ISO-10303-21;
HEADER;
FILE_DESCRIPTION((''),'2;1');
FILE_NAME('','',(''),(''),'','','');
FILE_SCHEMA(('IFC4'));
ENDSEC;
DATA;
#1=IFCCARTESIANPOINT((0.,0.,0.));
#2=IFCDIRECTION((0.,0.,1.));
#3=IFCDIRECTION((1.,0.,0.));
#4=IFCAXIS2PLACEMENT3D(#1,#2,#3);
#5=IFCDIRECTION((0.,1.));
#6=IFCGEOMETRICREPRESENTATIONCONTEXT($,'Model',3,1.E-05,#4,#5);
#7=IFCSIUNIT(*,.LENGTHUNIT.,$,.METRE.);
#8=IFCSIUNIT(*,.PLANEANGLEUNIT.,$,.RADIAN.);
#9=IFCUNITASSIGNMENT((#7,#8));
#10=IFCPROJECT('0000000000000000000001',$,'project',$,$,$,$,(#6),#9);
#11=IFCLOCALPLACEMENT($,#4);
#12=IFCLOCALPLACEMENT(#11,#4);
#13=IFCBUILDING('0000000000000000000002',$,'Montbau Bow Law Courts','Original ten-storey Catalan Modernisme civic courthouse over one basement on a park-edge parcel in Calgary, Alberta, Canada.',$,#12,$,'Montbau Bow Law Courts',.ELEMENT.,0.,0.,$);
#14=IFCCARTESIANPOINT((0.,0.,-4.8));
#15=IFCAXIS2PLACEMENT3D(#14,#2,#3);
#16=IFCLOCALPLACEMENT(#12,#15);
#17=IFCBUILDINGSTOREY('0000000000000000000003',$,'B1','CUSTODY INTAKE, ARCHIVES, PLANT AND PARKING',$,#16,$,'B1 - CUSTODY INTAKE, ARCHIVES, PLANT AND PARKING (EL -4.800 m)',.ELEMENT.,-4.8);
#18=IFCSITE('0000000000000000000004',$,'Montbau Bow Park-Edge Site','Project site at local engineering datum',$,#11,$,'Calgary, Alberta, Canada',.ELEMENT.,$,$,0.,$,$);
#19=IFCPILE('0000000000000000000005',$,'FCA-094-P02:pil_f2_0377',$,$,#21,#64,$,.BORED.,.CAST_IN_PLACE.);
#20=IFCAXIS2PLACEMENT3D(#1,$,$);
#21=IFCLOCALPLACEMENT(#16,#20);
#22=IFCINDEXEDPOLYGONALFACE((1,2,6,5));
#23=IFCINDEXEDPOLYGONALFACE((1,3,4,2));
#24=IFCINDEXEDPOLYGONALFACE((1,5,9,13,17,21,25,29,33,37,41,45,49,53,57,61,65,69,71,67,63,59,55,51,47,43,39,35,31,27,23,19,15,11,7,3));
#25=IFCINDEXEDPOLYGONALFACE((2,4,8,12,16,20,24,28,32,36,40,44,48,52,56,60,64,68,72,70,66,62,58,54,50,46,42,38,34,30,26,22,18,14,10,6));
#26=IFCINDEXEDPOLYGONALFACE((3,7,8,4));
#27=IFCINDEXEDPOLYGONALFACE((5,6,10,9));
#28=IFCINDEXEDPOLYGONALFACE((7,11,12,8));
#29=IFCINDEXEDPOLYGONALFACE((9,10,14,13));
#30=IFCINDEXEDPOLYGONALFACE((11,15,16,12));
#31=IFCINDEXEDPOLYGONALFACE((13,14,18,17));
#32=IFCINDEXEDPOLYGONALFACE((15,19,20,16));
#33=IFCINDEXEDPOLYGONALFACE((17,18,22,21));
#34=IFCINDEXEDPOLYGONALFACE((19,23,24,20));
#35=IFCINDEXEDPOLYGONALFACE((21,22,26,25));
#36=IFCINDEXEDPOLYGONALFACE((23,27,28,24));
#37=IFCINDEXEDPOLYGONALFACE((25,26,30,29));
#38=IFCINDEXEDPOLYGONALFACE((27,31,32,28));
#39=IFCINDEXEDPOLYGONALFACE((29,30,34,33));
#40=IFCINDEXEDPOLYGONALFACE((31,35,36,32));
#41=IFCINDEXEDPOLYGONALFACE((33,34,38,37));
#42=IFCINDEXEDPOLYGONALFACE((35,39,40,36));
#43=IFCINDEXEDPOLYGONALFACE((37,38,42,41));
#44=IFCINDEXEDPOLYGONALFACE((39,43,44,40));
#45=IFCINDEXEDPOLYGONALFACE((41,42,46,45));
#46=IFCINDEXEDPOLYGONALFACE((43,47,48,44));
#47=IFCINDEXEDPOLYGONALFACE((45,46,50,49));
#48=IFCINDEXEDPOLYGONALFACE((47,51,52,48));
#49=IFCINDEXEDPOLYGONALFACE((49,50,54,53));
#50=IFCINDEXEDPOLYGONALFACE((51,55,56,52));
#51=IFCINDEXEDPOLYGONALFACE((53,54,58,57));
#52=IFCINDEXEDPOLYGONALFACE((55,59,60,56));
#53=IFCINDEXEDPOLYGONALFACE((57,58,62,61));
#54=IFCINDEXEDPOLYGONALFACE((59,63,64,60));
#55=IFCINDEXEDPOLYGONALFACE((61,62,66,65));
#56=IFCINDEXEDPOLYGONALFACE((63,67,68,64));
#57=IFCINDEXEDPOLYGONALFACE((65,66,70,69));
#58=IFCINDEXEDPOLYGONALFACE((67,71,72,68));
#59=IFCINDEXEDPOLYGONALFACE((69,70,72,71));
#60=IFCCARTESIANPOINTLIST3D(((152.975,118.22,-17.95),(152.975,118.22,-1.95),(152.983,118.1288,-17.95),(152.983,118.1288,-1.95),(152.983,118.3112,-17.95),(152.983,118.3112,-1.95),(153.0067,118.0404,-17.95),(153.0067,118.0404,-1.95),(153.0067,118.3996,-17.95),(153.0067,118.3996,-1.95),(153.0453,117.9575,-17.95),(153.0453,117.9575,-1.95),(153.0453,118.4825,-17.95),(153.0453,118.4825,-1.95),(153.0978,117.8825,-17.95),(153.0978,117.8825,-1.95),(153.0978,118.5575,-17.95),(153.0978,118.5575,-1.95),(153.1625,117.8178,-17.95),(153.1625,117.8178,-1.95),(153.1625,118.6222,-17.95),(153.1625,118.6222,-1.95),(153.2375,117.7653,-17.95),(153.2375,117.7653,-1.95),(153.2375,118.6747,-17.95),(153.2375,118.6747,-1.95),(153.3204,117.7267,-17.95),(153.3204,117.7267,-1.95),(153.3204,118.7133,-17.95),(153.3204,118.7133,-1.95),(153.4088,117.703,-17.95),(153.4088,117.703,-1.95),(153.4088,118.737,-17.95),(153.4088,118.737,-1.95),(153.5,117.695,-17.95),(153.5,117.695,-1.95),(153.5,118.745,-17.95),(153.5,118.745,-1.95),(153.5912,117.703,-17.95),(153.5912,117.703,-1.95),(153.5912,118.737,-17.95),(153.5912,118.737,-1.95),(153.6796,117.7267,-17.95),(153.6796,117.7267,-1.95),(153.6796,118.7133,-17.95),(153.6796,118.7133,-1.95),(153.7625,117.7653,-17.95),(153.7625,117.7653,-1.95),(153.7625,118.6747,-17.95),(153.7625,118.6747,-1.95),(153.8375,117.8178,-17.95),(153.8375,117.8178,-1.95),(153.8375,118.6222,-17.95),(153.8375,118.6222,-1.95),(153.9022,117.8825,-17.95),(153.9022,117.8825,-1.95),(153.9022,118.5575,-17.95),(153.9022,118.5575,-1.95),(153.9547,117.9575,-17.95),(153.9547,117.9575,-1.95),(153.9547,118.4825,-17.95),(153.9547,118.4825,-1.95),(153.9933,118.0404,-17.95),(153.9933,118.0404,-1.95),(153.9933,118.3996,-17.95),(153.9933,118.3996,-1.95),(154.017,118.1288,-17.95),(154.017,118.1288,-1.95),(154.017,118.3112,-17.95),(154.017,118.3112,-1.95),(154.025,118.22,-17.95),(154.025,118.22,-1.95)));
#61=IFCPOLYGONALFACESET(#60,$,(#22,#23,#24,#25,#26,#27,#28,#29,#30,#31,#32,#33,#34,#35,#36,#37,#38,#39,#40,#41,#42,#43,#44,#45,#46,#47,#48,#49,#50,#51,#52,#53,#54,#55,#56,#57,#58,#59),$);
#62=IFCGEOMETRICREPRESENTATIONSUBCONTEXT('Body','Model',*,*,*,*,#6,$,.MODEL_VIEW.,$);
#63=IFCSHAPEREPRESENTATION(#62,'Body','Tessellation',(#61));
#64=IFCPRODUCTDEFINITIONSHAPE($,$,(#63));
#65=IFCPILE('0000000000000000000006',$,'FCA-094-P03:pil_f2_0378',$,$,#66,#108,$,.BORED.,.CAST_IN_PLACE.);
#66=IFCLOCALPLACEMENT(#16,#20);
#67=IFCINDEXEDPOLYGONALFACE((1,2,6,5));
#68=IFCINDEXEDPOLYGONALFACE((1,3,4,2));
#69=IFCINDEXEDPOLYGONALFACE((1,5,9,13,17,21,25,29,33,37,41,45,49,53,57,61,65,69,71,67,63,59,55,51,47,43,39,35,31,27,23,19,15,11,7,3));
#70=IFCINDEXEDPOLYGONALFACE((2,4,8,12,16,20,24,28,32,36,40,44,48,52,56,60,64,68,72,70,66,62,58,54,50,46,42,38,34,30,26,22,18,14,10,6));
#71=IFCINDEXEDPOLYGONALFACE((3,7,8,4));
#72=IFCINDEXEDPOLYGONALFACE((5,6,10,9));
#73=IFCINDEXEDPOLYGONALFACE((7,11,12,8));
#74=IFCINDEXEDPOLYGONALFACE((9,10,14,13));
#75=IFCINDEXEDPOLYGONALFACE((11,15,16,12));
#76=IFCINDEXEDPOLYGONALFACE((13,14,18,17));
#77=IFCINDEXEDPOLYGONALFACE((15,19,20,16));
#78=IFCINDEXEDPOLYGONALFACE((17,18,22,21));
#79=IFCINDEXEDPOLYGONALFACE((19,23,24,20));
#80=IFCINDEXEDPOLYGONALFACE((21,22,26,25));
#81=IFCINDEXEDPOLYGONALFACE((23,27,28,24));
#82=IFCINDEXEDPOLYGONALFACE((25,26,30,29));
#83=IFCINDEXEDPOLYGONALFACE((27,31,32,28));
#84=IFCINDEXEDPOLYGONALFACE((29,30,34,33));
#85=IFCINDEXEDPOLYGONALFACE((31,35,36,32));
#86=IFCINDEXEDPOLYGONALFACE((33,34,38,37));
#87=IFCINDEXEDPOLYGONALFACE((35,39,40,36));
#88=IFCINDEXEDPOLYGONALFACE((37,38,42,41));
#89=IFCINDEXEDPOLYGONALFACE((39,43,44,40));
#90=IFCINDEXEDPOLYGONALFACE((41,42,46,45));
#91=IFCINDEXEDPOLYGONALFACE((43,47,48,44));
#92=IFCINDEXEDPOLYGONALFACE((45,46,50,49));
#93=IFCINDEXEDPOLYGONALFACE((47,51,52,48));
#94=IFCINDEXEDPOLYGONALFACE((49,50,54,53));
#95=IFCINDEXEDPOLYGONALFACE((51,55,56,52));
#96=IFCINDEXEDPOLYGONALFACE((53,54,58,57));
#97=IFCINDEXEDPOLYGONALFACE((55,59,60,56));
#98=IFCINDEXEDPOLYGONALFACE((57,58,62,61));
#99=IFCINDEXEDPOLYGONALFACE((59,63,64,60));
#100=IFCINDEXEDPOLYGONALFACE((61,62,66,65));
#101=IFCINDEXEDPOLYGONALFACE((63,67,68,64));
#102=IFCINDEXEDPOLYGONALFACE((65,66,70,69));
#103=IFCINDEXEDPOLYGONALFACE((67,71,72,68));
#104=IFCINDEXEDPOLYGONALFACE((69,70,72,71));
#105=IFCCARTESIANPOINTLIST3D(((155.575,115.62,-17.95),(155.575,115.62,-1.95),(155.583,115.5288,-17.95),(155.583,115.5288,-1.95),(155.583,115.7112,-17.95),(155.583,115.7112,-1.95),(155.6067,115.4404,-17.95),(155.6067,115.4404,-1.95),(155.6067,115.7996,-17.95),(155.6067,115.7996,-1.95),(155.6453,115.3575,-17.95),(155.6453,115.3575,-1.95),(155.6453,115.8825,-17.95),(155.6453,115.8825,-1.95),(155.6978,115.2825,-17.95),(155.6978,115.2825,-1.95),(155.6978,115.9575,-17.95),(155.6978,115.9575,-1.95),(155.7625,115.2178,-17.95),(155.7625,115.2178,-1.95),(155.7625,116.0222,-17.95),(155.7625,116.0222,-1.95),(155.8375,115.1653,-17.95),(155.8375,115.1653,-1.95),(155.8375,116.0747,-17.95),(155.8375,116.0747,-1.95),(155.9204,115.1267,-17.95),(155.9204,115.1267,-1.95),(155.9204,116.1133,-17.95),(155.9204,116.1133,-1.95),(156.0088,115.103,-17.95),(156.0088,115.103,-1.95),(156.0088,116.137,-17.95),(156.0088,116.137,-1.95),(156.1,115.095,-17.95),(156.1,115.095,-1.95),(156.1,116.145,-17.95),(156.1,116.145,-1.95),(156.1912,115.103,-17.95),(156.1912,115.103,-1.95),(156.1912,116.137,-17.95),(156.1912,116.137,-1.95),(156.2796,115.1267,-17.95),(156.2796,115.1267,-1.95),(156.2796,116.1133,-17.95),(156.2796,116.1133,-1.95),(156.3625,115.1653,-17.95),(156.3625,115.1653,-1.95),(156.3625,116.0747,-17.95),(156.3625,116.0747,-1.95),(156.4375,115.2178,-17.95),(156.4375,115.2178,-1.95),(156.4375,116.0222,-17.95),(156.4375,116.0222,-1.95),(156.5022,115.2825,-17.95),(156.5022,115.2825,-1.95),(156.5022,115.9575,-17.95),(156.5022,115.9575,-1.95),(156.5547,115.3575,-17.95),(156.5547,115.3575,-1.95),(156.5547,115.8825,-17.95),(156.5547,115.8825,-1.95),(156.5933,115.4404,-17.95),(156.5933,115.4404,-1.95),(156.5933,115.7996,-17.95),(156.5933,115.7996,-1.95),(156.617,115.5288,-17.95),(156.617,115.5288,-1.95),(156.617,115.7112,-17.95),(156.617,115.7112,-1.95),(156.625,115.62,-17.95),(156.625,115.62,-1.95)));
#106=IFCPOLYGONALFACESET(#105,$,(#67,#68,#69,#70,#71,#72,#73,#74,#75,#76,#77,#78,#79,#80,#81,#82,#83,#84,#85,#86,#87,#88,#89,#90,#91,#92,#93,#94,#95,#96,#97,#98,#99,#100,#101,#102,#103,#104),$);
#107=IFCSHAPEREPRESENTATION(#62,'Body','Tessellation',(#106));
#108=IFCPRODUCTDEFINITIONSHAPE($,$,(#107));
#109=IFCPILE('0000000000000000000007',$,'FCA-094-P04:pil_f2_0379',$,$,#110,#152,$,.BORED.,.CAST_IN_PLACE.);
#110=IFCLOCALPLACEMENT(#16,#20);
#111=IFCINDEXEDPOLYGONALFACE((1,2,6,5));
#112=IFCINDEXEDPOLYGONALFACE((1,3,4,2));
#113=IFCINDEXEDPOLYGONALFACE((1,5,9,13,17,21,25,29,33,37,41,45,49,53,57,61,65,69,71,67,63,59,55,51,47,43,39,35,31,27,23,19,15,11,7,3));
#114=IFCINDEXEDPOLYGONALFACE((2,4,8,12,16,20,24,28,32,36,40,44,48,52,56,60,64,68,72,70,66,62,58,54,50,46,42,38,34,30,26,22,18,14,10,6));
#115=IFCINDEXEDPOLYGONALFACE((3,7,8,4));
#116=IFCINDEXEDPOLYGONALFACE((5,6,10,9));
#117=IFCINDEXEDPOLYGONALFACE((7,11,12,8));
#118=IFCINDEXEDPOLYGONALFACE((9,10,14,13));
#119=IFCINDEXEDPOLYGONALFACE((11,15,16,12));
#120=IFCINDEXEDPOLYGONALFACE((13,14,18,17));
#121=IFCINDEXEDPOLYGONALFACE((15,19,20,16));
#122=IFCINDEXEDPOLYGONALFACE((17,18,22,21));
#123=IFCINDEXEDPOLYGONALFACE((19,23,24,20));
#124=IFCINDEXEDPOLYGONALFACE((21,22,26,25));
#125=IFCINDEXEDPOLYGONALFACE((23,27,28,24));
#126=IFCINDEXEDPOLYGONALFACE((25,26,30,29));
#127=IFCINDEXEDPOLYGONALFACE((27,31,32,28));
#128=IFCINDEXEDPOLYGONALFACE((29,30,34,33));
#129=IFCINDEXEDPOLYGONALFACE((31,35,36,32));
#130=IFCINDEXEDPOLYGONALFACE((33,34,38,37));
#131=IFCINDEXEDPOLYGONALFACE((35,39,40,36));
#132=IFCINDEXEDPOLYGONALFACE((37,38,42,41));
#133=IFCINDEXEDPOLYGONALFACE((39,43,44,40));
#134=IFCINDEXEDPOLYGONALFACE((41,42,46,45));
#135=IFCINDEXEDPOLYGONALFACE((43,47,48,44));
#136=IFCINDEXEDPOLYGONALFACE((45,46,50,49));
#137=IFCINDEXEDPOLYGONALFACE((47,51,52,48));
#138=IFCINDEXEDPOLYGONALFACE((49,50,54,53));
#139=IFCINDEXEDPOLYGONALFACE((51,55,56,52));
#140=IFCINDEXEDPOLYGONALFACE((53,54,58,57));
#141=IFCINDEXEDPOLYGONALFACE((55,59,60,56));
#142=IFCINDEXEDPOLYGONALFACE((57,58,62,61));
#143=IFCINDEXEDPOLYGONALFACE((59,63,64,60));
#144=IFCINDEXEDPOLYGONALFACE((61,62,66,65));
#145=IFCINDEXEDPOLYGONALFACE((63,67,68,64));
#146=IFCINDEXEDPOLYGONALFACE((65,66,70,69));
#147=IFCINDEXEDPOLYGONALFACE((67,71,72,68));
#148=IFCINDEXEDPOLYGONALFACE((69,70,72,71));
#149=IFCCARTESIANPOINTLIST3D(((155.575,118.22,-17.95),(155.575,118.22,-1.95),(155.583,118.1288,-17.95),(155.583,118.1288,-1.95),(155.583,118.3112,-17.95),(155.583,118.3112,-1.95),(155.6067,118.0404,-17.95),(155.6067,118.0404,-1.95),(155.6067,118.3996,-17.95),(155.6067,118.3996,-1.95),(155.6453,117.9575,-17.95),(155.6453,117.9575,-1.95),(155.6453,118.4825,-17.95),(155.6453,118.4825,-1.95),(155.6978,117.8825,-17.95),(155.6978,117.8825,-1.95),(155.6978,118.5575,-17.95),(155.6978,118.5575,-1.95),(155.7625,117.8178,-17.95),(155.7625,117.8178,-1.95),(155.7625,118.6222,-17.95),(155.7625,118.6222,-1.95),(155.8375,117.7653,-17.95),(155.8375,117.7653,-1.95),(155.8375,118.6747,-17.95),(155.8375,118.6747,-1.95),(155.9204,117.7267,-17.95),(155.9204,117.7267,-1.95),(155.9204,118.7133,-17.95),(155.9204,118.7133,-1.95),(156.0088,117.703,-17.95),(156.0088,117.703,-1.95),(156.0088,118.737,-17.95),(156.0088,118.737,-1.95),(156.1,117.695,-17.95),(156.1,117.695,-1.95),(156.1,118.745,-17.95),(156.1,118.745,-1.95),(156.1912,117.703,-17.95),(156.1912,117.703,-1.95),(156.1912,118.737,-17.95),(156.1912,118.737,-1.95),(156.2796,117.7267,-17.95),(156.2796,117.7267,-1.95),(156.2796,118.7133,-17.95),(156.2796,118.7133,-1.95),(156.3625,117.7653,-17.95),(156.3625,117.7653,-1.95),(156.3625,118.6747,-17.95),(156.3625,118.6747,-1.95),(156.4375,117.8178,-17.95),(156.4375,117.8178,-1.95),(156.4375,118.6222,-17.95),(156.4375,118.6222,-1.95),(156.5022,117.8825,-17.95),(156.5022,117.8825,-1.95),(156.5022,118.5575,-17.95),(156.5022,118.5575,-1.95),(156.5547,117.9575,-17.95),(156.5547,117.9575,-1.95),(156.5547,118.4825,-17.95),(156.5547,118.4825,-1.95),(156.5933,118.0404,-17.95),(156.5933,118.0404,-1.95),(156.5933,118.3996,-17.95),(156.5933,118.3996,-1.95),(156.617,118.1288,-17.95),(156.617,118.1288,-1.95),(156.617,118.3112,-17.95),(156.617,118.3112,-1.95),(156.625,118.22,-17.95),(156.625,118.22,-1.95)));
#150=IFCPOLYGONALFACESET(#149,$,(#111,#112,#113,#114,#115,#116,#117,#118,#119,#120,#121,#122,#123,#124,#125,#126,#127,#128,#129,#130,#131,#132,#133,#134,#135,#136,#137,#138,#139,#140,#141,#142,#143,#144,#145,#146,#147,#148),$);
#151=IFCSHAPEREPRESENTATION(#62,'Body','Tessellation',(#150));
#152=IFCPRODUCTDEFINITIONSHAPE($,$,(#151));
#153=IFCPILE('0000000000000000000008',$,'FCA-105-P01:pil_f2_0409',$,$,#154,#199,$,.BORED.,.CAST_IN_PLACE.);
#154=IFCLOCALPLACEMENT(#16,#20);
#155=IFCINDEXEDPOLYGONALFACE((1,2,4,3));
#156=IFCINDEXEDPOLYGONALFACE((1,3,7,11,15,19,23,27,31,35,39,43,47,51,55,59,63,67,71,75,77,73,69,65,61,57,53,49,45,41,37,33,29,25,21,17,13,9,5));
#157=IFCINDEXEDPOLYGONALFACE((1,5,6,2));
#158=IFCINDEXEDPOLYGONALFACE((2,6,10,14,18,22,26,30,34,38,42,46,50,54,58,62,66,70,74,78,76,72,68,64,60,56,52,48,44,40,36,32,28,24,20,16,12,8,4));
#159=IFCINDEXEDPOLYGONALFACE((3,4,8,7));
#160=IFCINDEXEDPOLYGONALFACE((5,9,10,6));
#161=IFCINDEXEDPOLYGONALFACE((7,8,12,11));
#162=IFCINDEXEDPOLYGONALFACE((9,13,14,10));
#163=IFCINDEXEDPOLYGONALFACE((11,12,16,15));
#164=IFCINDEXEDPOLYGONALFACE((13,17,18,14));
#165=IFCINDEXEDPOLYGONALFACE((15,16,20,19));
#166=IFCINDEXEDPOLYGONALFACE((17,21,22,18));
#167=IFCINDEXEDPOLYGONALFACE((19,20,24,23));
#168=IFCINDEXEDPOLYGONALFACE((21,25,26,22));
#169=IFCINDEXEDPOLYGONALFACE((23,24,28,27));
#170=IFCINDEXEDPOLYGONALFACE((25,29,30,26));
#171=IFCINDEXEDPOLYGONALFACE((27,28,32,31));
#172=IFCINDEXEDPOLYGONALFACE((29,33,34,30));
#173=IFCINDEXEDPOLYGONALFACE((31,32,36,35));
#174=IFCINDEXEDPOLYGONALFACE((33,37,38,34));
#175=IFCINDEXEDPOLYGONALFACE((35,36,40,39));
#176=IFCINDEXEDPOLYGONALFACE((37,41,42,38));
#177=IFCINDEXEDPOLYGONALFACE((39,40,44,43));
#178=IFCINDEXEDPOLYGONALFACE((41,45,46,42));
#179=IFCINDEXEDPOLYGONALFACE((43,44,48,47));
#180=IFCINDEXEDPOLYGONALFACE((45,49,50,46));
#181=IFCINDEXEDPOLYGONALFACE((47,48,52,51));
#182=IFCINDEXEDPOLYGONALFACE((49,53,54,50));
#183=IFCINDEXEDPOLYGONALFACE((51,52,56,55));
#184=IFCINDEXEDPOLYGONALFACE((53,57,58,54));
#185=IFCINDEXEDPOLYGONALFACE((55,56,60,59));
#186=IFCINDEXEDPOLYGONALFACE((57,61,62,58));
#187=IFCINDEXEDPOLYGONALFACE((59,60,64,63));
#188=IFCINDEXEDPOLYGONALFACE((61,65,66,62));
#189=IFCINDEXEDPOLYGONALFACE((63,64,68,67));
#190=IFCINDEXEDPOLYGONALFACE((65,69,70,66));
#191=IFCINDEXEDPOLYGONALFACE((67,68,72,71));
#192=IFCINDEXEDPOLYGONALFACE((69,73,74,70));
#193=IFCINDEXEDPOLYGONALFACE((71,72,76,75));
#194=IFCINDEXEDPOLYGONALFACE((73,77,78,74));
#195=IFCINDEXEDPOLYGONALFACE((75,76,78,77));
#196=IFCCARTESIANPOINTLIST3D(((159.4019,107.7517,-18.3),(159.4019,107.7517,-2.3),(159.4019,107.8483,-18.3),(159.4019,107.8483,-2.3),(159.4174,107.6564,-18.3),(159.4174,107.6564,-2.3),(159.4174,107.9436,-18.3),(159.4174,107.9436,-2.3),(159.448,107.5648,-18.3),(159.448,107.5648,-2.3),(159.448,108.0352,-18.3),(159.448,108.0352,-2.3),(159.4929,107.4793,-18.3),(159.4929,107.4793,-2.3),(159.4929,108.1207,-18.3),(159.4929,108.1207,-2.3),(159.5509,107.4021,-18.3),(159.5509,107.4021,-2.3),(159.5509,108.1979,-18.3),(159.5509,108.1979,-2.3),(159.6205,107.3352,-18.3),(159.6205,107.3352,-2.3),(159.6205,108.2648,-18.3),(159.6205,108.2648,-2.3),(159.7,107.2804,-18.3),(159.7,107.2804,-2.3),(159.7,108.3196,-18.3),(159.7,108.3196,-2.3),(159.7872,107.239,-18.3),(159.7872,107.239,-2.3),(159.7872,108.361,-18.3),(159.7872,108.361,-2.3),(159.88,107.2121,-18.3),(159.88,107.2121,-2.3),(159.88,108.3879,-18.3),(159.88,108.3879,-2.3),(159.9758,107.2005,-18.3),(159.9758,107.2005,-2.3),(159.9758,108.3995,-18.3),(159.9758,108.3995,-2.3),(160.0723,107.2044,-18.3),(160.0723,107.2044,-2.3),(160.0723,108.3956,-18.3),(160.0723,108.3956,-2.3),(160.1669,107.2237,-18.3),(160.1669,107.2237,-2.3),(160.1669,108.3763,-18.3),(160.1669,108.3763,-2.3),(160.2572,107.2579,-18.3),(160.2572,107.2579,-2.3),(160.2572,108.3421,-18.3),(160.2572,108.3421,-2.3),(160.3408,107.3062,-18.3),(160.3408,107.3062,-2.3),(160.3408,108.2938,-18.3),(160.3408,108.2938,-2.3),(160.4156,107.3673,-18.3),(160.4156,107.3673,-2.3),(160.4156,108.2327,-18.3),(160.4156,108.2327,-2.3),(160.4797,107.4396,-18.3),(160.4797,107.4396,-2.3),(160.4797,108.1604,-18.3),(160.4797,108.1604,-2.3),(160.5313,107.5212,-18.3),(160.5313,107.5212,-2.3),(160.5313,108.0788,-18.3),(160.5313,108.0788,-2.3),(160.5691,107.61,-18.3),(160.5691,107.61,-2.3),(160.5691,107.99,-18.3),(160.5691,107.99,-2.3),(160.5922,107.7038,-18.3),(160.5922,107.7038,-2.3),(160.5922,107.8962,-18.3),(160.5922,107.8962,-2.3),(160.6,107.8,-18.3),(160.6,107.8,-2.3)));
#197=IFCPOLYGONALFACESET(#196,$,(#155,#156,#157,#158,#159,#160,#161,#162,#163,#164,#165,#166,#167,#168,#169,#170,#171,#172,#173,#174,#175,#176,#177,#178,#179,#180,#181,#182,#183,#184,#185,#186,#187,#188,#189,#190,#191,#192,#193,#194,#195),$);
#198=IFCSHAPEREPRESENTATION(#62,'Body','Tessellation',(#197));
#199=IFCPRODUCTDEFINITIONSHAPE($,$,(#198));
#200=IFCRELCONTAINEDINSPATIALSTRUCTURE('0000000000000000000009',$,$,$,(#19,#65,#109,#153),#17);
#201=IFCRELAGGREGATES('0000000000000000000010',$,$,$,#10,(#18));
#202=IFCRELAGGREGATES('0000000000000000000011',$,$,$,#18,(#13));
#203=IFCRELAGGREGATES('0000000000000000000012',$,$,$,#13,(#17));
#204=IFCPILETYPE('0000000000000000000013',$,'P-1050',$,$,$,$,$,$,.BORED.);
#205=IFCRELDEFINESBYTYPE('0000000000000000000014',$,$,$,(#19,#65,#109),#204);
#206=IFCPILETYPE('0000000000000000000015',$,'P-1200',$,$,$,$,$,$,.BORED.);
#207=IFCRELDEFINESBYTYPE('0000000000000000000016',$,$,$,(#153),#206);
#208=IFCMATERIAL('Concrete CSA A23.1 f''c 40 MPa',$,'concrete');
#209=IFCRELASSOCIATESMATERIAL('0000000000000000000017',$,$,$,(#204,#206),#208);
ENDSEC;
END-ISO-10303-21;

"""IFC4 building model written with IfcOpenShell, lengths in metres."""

from ifc_helpers import new_model, si_unit, direction, frame, origin_with_axes, origin_2d_with_axis, place, context, subcontext, project, spatial, circle, extrude, material, material_profile, profile_set, type_object, element, save


model = new_model("IFC4")

# Units and contexts
model_context = context("Model", 3, precision=1e-05, world=origin_with_axes(), true_north=direction((0.0, 1.0)))
body_context = subcontext(model_context, "Body", "Model", "MODEL_VIEW")
ifc_project = project(units=[si_unit("LENGTHUNIT", "METRE"), si_unit("PLANEANGLEUNIT", "RADIAN")], contexts=[model_context])

# Site, building, storey
site_placement = place(None, origin_with_axes())
site = spatial("IfcSite", under=ifc_project, at=site_placement, Name="Montbau Bow Park-Edge Site", Description="Project site at local engineering datum", LongName="Calgary, Alberta, Canada", CompositionType="ELEMENT", RefElevation=0.0)
building_placement = place(site_placement, origin_with_axes())
building = spatial("IfcBuilding", under=site, at=building_placement, Name="Montbau Bow Law Courts", Description="Original ten-storey Catalan Modernisme civic courthouse over one basement on a park-edge parcel in Calgary, Alberta, Canada.", LongName="Montbau Bow Law Courts", CompositionType="ELEMENT", ElevationOfRefHeight=0.0, ElevationOfTerrain=0.0)
storey_placement = place(building_placement, frame((0.0, 0.0, -4.8), z_axis=(0.0, 0.0, 1.0), x_axis=(1.0, 0.0, 0.0)))
storey = spatial("IfcBuildingStorey", under=building, at=storey_placement, Name="B1", Description="CUSTODY INTAKE, ARCHIVES, PLANT AND PARKING", LongName="B1 - CUSTODY INTAKE, ARCHIVES, PLANT AND PARKING (EL -4.800 m)", CompositionType="ELEMENT", Elevation=-4.8)

# Piles
ifc_material_1 = material(Name="Concrete CSA A23.1 f'c 40 MPa", Category="concrete")
ifc_material_profile_1 = material_profile(ifc_material_1, circle(Radius=0.525, at=origin_2d_with_axis()), Name="BP1050", Category="Main", Priority=0)
ifc_profile_set_1 = profile_set([ifc_material_profile_1], Name="Concrete CSA A23.1 f'c 40 MPa")
pile_type_1 = type_object("IfcPileType", Name="P-1050", PredefinedType="BORED", material=ifc_profile_set_1)
for number, where, z_axis, x_axis, name in (
    (1, (153.5, 118.22, -22.75), (0.0, 0.0, 1.0), (1.0, 0.0, 0.0), "FCA-094-P02:pil_f2_0377"),
    (2, (156.1, 115.62, -22.75), (0.0, 0.0, 1.0), (1.0, 0.0, 0.0), "FCA-094-P03:pil_f2_0378"),
    (3, (156.1, 118.22, -22.75), (0.0, 0.0, 1.0), (1.0, 0.0, 0.0), "FCA-094-P04:pil_f2_0379"),
):
    element("IfcPile", number, at=place(None, frame(where, z_axis=z_axis, x_axis=x_axis)), inside=storey, type_object=pile_type_1, Name=name, ConstructionType="CAST_IN_PLACE", PredefinedType="BORED", context=body_context, shape_type="SweptSolid", body=[
        extrude(circle(Radius=0.525, at=origin_2d_with_axis()), origin_with_axes(), (0.0, 0.0, 1.0), 16.0),
    ])
ifc_material_profile_2 = material_profile(ifc_material_1, circle(Radius=0.6, at=origin_2d_with_axis()), Name="BP1200", Category="Main", Priority=0)
ifc_profile_set_2 = profile_set([ifc_material_profile_2], Name="Concrete CSA A23.1 f'c 40 MPa")
pile_type_2 = type_object("IfcPileType", Name="P-1200", PredefinedType="BORED", material=ifc_profile_set_2)
for number, where, z_axis, x_axis, name in (
    (4, (160.0, 107.8, -23.1), (0.0, 0.0, 1.0), (1.0, 0.0, 0.0), "FCA-105-P01:pil_f2_0409"),
):
    element("IfcPile", number, at=place(None, frame(where, z_axis=z_axis, x_axis=x_axis)), inside=storey, type_object=pile_type_2, Name=name, ConstructionType="CAST_IN_PLACE", PredefinedType="BORED", context=body_context, shape_type="SweptSolid", body=[
        extrude(circle(Radius=0.6, at=origin_2d_with_axis()), origin_with_axes(), (0.0, 0.0, 1.0), 16.0),
    ])

save(model, "model.ifc")
